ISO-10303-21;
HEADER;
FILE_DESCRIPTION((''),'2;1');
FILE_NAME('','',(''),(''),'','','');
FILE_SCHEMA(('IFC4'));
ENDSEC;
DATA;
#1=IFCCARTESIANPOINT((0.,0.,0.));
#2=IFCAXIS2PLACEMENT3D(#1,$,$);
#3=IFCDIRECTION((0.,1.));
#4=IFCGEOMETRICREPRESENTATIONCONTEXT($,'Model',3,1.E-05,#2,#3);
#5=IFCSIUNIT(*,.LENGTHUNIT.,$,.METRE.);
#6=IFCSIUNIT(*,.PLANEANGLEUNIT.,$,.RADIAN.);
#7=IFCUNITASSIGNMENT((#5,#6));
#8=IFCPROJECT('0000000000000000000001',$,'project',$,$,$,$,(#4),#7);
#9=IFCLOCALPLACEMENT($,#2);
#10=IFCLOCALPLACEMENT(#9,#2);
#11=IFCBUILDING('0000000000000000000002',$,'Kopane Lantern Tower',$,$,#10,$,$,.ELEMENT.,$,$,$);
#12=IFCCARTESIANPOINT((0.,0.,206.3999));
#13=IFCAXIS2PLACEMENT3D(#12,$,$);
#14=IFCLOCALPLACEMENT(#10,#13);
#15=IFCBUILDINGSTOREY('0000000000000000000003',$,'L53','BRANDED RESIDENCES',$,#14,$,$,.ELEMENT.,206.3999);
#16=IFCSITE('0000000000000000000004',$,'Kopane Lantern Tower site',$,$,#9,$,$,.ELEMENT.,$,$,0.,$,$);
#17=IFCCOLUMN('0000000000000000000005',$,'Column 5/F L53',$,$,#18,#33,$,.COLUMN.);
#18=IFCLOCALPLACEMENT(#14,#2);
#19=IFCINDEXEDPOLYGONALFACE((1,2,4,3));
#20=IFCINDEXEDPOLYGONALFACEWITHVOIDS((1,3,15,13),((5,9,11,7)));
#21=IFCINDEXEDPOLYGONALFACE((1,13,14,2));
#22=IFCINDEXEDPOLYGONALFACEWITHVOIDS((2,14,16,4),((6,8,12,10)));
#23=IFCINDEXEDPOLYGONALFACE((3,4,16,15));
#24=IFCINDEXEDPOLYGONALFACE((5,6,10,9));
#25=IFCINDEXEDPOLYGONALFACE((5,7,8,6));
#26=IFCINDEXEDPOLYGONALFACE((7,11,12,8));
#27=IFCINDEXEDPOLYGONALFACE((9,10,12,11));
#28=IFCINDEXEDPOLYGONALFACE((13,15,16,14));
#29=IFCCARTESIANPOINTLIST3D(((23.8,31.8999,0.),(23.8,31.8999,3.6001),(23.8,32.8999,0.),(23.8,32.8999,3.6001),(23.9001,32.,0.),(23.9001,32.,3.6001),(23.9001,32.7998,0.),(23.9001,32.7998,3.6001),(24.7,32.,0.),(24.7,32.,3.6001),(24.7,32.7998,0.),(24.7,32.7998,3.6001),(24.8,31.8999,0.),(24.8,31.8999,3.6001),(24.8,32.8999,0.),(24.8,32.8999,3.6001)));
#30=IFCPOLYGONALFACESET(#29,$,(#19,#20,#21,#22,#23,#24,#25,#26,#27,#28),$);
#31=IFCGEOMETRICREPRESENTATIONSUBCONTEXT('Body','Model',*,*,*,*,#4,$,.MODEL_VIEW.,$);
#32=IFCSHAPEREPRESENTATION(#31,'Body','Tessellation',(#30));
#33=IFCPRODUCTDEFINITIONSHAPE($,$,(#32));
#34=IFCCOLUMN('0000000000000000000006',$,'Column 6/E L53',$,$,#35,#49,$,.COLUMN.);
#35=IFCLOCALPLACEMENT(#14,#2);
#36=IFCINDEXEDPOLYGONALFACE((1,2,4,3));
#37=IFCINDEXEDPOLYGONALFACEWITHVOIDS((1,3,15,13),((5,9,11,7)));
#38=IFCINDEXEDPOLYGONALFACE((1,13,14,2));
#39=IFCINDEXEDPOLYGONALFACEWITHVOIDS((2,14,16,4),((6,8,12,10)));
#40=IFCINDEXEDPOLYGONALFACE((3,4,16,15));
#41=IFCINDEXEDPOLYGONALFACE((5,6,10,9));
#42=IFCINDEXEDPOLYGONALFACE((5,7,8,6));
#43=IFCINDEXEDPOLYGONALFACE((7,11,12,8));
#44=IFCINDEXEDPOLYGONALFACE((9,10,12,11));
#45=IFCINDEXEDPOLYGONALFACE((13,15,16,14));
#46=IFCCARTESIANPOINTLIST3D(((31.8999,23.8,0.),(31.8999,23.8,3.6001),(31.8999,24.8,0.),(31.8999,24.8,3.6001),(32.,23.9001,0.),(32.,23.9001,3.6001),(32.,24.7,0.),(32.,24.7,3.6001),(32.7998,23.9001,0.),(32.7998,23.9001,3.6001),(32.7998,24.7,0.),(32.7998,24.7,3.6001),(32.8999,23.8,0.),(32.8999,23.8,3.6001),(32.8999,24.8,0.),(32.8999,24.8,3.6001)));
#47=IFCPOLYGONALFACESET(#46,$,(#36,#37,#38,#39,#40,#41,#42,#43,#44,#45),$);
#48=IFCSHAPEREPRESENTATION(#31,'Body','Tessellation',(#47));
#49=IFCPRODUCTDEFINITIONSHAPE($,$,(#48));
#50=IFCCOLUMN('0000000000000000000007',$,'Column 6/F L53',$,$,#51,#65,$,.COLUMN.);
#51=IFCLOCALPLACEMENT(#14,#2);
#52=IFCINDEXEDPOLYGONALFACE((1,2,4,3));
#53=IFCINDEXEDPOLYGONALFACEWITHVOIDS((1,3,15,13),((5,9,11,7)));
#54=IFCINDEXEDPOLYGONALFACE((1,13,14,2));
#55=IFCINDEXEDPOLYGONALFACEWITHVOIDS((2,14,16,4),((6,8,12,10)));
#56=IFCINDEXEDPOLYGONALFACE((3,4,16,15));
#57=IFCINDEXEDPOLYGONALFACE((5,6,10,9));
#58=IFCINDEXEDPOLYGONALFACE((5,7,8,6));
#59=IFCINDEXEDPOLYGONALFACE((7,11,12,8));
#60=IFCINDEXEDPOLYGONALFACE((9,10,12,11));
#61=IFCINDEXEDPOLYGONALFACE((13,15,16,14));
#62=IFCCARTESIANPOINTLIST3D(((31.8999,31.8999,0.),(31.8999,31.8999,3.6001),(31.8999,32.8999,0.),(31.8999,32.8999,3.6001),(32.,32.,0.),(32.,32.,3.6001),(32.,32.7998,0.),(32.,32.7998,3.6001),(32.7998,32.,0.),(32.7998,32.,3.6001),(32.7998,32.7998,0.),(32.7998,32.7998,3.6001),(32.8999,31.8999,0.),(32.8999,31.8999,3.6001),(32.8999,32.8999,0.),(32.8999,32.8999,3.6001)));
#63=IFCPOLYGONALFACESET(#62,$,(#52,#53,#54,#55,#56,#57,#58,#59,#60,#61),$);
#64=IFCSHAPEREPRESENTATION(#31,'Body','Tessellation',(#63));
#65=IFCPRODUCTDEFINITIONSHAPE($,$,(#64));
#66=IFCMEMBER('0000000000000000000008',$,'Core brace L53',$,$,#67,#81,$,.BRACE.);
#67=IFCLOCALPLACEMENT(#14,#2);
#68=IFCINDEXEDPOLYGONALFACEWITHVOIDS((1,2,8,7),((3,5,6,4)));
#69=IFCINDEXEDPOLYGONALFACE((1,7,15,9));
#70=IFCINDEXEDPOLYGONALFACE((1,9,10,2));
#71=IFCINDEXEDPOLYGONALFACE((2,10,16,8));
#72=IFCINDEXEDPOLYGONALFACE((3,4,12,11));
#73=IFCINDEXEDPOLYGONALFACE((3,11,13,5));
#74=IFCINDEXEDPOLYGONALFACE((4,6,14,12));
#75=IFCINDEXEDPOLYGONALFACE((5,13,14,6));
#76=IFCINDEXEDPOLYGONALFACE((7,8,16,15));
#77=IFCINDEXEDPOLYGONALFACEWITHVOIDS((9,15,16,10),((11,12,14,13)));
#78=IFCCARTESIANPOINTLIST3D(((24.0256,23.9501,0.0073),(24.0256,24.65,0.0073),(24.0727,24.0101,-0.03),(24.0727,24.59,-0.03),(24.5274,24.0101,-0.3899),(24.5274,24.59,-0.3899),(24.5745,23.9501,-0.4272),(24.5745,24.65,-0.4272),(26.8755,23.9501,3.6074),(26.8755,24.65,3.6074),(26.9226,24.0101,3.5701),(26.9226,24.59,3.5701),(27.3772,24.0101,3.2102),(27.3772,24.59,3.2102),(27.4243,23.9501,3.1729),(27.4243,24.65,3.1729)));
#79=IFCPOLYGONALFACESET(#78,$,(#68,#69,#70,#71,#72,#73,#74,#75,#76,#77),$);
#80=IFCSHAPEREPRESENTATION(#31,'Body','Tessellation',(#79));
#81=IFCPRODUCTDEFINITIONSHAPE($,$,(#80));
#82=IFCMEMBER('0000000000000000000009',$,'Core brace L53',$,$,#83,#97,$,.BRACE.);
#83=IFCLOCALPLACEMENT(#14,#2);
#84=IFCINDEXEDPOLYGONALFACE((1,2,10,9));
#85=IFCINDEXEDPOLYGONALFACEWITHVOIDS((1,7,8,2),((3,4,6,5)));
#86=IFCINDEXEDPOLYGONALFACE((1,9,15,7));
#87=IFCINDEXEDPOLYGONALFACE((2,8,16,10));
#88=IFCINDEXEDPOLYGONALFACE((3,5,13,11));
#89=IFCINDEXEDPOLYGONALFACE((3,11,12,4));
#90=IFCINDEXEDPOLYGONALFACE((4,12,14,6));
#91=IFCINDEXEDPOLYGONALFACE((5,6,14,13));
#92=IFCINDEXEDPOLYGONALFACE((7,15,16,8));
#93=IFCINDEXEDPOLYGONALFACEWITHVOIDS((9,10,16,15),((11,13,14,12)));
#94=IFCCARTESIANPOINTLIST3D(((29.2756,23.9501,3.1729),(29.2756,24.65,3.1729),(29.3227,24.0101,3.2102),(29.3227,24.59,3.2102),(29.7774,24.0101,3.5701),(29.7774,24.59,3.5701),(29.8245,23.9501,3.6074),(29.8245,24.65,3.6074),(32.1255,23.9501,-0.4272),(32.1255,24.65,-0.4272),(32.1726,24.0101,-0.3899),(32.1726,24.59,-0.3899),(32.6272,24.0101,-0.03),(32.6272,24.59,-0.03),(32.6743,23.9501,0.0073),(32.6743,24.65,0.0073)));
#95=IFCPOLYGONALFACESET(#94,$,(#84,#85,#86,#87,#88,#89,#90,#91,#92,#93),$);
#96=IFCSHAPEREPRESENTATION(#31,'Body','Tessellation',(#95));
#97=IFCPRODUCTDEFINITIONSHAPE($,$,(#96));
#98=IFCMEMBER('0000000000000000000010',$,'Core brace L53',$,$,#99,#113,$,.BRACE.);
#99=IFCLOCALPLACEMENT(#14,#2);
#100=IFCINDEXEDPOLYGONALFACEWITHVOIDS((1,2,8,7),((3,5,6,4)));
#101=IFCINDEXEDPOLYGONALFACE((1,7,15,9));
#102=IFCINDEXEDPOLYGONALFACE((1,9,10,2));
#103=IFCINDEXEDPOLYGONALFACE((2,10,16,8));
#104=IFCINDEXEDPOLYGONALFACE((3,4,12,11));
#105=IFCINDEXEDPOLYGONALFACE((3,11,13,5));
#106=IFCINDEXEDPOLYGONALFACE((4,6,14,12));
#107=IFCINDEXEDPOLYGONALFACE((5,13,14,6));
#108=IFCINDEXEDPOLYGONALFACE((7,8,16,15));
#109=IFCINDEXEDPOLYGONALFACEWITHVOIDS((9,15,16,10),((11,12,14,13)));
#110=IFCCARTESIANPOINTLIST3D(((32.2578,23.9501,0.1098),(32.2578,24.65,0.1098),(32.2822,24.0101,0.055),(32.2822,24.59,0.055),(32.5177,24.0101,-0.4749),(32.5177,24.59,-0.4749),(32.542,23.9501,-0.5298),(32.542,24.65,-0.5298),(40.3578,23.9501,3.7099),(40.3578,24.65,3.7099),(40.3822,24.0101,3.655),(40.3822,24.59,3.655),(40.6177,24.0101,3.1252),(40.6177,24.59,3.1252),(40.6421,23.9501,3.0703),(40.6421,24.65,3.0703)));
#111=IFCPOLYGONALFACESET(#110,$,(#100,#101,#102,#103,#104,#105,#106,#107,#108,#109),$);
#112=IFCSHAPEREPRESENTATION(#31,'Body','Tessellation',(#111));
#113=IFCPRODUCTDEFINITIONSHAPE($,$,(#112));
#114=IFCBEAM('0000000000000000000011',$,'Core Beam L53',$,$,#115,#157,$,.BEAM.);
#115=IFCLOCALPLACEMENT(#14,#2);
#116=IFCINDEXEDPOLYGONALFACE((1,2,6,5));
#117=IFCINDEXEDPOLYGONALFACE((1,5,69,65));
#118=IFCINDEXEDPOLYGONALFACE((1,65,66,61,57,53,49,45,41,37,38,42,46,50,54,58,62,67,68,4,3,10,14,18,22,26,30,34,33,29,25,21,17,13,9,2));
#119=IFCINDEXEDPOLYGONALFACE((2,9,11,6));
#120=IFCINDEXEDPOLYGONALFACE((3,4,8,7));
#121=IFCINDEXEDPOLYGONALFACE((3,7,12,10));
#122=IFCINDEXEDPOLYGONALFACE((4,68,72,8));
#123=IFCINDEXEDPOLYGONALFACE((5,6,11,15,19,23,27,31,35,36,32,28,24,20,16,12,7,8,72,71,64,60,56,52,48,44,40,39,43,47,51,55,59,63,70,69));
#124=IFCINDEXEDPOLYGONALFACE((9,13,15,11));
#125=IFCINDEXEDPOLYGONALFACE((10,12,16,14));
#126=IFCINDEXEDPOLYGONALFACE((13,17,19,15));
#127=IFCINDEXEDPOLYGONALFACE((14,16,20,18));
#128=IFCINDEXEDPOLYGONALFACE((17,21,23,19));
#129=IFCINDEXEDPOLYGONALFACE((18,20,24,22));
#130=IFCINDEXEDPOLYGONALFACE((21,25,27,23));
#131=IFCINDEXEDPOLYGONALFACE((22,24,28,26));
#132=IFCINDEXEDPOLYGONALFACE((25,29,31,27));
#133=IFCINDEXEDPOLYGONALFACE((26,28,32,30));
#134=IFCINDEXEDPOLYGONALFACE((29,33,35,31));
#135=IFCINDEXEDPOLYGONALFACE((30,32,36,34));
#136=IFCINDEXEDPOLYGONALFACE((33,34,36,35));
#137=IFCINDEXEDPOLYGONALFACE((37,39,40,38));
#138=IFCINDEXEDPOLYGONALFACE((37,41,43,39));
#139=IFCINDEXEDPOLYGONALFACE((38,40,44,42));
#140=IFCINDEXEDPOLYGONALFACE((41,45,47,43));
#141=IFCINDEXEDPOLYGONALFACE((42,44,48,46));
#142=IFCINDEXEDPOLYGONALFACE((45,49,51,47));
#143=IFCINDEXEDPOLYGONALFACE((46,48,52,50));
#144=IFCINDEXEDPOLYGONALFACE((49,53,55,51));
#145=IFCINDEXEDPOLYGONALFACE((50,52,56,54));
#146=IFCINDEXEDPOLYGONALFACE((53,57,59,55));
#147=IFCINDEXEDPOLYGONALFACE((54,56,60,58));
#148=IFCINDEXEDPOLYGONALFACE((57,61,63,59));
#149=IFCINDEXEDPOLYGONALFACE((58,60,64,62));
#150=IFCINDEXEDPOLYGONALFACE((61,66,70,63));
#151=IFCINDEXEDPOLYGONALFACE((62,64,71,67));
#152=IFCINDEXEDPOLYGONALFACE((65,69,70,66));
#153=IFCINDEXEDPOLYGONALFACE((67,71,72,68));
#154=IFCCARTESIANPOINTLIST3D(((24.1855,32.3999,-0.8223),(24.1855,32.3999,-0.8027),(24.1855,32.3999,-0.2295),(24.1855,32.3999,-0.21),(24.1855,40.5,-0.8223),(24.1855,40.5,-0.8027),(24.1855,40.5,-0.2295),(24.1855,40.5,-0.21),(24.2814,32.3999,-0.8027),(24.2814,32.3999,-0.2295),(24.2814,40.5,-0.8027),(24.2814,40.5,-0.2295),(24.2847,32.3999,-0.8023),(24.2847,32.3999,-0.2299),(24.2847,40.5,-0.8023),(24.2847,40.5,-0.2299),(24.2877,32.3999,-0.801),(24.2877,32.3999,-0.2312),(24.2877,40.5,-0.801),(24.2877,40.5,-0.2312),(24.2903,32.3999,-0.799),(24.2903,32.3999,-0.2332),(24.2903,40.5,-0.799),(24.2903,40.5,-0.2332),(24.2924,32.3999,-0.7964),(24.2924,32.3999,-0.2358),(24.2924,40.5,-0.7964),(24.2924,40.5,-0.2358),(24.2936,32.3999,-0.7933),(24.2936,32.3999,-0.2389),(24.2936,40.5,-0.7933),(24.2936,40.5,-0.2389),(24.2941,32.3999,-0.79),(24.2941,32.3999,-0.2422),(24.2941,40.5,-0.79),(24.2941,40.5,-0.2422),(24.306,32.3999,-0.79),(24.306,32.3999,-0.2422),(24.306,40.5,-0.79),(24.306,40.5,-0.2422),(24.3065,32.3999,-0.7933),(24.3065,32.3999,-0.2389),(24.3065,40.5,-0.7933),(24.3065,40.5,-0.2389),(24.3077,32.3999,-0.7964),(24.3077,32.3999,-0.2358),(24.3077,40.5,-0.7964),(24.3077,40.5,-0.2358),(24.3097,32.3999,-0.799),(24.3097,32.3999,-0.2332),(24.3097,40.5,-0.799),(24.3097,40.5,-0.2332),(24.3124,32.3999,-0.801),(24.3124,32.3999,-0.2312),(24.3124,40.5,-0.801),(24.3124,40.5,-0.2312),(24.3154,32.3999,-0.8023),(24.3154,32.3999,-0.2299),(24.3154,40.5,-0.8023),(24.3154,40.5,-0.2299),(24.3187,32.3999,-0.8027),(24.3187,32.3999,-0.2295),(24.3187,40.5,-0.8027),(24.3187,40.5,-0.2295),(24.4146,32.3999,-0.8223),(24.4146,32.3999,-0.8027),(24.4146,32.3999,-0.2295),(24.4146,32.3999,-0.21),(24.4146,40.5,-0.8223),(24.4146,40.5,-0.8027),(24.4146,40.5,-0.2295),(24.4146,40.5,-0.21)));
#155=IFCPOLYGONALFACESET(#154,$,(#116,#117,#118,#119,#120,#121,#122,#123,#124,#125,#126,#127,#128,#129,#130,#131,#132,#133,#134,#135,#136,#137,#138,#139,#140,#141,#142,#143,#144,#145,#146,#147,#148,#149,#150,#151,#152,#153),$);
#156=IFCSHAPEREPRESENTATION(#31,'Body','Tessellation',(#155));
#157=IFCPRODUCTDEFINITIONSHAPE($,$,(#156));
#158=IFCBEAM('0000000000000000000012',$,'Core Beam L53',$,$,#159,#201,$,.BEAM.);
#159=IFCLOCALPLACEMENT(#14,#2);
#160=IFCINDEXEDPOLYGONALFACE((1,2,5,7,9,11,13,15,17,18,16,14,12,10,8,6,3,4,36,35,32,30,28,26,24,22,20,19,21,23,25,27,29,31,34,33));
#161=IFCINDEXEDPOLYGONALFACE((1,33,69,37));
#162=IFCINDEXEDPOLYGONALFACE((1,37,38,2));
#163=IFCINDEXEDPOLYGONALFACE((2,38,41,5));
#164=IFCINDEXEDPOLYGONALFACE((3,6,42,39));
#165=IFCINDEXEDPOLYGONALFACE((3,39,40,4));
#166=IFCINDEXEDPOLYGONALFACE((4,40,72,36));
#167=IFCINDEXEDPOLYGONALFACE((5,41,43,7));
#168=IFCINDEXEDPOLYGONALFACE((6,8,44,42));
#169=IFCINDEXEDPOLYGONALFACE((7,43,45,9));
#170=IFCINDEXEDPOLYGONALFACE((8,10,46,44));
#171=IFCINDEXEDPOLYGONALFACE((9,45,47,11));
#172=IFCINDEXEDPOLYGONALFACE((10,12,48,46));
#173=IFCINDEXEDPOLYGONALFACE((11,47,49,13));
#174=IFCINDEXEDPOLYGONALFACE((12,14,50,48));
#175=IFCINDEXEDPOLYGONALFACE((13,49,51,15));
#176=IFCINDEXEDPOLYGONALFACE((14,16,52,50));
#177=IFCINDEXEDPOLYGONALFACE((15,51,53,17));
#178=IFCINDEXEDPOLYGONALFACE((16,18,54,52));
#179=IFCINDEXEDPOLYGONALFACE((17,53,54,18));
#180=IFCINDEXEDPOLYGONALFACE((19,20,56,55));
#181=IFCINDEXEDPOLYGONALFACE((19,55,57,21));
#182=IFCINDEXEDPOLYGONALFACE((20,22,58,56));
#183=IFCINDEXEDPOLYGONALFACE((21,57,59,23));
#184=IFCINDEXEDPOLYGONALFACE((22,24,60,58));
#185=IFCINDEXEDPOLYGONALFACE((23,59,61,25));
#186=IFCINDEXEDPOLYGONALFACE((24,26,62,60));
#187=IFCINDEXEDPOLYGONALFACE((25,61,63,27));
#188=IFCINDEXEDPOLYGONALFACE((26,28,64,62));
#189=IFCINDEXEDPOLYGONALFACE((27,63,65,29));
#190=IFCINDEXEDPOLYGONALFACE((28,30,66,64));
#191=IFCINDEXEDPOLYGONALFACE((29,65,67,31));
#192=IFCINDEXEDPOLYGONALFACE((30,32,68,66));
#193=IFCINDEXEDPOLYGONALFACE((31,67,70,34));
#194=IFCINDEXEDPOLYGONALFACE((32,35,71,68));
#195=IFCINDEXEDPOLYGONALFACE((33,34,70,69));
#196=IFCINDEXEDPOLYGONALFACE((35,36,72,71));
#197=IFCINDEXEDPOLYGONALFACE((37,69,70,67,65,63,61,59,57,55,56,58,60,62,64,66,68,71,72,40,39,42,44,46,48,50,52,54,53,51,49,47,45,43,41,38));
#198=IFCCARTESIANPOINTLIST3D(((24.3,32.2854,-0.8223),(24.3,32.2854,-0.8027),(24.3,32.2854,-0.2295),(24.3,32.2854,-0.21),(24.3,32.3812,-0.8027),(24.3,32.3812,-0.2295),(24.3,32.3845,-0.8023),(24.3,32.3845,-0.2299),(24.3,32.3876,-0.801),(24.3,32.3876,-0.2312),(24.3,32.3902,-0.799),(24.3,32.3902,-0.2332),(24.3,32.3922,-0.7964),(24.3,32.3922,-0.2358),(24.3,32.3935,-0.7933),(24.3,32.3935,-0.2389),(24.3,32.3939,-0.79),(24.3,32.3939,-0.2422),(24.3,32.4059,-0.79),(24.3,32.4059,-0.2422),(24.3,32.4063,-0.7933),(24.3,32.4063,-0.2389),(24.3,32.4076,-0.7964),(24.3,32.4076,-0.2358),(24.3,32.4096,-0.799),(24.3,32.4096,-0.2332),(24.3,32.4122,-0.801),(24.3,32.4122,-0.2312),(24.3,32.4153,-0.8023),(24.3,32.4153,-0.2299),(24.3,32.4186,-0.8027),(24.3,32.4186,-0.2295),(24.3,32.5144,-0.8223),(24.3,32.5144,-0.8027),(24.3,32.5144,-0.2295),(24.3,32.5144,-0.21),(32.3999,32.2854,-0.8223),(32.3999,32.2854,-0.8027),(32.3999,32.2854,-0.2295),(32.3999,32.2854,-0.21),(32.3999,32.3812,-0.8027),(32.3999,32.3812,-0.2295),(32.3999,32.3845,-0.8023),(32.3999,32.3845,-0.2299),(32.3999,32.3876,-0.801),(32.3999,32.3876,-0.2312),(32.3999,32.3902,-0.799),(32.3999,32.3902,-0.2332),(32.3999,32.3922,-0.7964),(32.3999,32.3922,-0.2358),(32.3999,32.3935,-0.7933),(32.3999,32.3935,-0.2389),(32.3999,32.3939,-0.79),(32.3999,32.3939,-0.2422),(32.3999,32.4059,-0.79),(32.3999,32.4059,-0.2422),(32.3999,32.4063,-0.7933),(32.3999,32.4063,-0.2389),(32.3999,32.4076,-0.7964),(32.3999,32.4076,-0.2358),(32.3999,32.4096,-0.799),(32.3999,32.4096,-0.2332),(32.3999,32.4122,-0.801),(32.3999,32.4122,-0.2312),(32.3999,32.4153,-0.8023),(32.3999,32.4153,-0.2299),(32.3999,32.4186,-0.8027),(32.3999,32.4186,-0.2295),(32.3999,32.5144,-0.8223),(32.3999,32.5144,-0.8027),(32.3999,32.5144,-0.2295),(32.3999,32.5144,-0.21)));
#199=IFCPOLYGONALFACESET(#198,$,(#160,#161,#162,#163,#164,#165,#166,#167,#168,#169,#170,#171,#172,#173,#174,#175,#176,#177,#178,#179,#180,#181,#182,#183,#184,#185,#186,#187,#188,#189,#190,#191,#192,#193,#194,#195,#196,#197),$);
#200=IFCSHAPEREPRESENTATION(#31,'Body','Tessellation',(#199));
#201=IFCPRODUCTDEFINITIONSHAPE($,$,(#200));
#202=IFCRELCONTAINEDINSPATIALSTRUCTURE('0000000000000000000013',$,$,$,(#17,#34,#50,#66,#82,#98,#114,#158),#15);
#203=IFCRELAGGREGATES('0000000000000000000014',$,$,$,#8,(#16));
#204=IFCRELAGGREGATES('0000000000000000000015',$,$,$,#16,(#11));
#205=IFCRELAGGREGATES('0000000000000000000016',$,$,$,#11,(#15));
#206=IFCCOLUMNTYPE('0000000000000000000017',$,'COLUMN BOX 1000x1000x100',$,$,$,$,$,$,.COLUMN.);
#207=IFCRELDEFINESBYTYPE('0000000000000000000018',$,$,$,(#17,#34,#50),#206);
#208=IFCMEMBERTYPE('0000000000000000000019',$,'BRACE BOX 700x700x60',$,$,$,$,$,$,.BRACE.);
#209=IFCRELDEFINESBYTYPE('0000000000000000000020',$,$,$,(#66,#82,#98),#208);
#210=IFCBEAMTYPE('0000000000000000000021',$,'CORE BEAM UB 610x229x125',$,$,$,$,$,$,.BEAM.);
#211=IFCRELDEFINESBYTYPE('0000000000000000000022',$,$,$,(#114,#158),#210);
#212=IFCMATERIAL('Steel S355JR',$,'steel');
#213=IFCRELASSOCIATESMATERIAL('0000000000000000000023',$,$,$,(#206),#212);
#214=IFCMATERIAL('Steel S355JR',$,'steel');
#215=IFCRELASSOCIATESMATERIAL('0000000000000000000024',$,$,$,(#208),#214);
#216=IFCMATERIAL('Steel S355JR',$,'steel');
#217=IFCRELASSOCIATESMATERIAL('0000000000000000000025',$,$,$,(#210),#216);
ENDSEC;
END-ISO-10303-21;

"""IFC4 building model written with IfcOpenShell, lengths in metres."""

from ifc_helpers import new_model, si_unit, direction, frame, origin, origin_2d, place, context, subcontext, project, spatial, hollow_rectangle, i_section, extrude, material, material_profile, profile_set, type_object, element, save


model = new_model("IFC4")

# Units and contexts
model_context = context("Model", 3, precision=1e-05, world=origin(), true_north=direction((0.0, 1.0)))
body_context = subcontext(model_context, "Body", "Model", "MODEL_VIEW")
ifc_project = project(units=[si_unit("LENGTHUNIT", "METRE"), si_unit("PLANEANGLEUNIT", "RADIAN")], contexts=[model_context])

# Site, building, storey
site_placement = place(None, origin())
site = spatial("IfcSite", under=ifc_project, at=site_placement, Name="Kopane Lantern Tower site", CompositionType="ELEMENT", RefElevation=0.0)
building_placement = place(site_placement, origin())
building = spatial("IfcBuilding", under=site, at=building_placement, Name="Kopane Lantern Tower", CompositionType="ELEMENT")
storey_placement = place(building_placement, frame((0.0, 0.0, 206.3999)))
storey = spatial("IfcBuildingStorey", under=building, at=storey_placement, Name="L53", Description="BRANDED RESIDENCES", CompositionType="ELEMENT", Elevation=206.3999)

# Columns
ifc_material_1 = material(Name="Steel S355JR", Category="steel")
ifc_material_profile_1 = material_profile(ifc_material_1, hollow_rectangle(XDim=1.0, YDim=1.0, WallThickness=0.1001, at=origin_2d()), Name="BOX 1000x1000x100")
ifc_profile_set_1 = profile_set([ifc_material_profile_1], Name="Steel S355JR")
column_type = type_object("IfcColumnType", Name="COLUMN BOX 1000x1000x100", PredefinedType="COLUMN", material=ifc_profile_set_1)
for number, where, z_axis, x_axis, name in (
    (1, (24.3, 32.3999, 0.0), (0.0, 0.0, 1.0), (1.0, 0.0, 0.0), "Column 5/F L53"),
    (2, (32.3999, 24.3, 0.0), (0.0, 0.0, 1.0), (1.0, 0.0, 0.0), "Column 6/E L53"),
    (3, (32.3999, 32.3999, 0.0), (0.0, 0.0, 1.0), (1.0, 0.0, 0.0), "Column 6/F L53"),
):
    element("IfcColumn", number, at=place(storey_placement, frame(where, z_axis=z_axis, x_axis=x_axis)), inside=storey, type_object=column_type, Name=name, PredefinedType="COLUMN", context=body_context, shape_type="SweptSolid", body=[
        extrude(hollow_rectangle(XDim=1.0, YDim=1.0, WallThickness=0.1001, at=origin_2d()), origin(), (0.0, 0.0, 1.0), 3.6001),
    ])

# Members
ifc_material_2 = material(Name="Steel S355JR", Category="steel")
ifc_material_profile_2 = material_profile(ifc_material_2, hollow_rectangle(XDim=0.7, YDim=0.7, WallThickness=0.0601, at=origin_2d()), Name="BOX 700x700x60")
ifc_profile_set_2 = profile_set([ifc_material_profile_2], Name="Steel S355JR")
member_type = type_object("IfcMemberType", Name="BRACE BOX 700x700x60", PredefinedType="BRACE", material=ifc_profile_set_2)
for number, where, z_axis, x_axis, name in (
    (4, (24.3, 24.3, -0.21), (0.620673, 0.0, 0.78407), (0.0, 1.0, 0.0), "Core brace L53"),
    (5, (32.3999, 24.3, -0.21), (-0.620673, 0.0, 0.78407), (0.0, -1.0, 0.0), "Core brace L53"),
):
    element("IfcMember", number, at=place(storey_placement, frame(where, z_axis=z_axis, x_axis=x_axis)), inside=storey, type_object=member_type, Name=name, PredefinedType="BRACE", context=body_context, shape_type="SweptSolid", body=[
        extrude(hollow_rectangle(XDim=0.7, YDim=0.7, WallThickness=0.0601, at=origin_2d()), origin(), (0.0, 0.0, 1.0), 4.5916),
    ])
member_placement = place(storey_placement, frame((32.3999, 24.3, -0.21), z_axis=(0.913809, 0.0, 0.406144), x_axis=(0.0, 1.0, 0.0)))
element("IfcMember", 6, at=member_placement, inside=storey, type_object=member_type, Name="Core brace L53", PredefinedType="BRACE", context=body_context, shape_type="SweptSolid", body=[
    extrude(hollow_rectangle(XDim=0.7, YDim=0.7, WallThickness=0.0601, at=origin_2d()), origin(), (0.0, 0.0, 1.0), 8.864),
])

# Beams
ifc_material_3 = material(Name="Steel S355JR", Category="steel")
ifc_material_profile_3 = material_profile(ifc_material_3, i_section(OverallWidth=0.229, OverallDepth=0.6123, WebThickness=0.012, FlangeThickness=0.0195, FilletRadius=0.0127, at=origin_2d()), Name="UB 610x229x125")
ifc_profile_set_3 = profile_set([ifc_material_profile_3], Name="Steel S355JR")
beam_type_1 = type_object("IfcBeamType", Name="CORE BEAM UB 610x229x125", PredefinedType="BEAM", material=ifc_profile_set_3)
beam_1_placement = place(storey_placement, frame((24.3, 32.3999, -0.5161), z_axis=(0.0, 1.0, 0.0), x_axis=(-1.0, 0.0, 0.0)))
element("IfcBeam", 7, at=beam_1_placement, inside=storey, type_object=beam_type_1, Name="Core Beam L53", PredefinedType="BEAM", context=body_context, shape_type="SweptSolid", body=[
    extrude(i_section(OverallWidth=0.229, OverallDepth=0.6123, WebThickness=0.012, FlangeThickness=0.0195, FilletRadius=0.0127, at=origin_2d()), origin(), (0.0, 0.0, 1.0), 8.1001),
])
for number, where, z_axis, x_axis, name in (
    (8, (24.3, 32.3999, -0.5161), (1.0, 0.0, 0.0), (0.0, 1.0, 0.0), "Core Beam L53"),
):
    element("IfcBeam", number, at=place(storey_placement, frame(where, z_axis=z_axis, x_axis=x_axis)), inside=storey, type_object=beam_type_1, Name=name, PredefinedType="BEAM", context=body_context, shape_type="SweptSolid", body=[
        extrude(i_section(OverallWidth=0.229, OverallDepth=0.6123, WebThickness=0.012, FlangeThickness=0.0195, FilletRadius=0.0127, at=origin_2d()), origin(), (0.0, 0.0, 1.0), 8.0999),
    ])

save(model, "model.ifc")
